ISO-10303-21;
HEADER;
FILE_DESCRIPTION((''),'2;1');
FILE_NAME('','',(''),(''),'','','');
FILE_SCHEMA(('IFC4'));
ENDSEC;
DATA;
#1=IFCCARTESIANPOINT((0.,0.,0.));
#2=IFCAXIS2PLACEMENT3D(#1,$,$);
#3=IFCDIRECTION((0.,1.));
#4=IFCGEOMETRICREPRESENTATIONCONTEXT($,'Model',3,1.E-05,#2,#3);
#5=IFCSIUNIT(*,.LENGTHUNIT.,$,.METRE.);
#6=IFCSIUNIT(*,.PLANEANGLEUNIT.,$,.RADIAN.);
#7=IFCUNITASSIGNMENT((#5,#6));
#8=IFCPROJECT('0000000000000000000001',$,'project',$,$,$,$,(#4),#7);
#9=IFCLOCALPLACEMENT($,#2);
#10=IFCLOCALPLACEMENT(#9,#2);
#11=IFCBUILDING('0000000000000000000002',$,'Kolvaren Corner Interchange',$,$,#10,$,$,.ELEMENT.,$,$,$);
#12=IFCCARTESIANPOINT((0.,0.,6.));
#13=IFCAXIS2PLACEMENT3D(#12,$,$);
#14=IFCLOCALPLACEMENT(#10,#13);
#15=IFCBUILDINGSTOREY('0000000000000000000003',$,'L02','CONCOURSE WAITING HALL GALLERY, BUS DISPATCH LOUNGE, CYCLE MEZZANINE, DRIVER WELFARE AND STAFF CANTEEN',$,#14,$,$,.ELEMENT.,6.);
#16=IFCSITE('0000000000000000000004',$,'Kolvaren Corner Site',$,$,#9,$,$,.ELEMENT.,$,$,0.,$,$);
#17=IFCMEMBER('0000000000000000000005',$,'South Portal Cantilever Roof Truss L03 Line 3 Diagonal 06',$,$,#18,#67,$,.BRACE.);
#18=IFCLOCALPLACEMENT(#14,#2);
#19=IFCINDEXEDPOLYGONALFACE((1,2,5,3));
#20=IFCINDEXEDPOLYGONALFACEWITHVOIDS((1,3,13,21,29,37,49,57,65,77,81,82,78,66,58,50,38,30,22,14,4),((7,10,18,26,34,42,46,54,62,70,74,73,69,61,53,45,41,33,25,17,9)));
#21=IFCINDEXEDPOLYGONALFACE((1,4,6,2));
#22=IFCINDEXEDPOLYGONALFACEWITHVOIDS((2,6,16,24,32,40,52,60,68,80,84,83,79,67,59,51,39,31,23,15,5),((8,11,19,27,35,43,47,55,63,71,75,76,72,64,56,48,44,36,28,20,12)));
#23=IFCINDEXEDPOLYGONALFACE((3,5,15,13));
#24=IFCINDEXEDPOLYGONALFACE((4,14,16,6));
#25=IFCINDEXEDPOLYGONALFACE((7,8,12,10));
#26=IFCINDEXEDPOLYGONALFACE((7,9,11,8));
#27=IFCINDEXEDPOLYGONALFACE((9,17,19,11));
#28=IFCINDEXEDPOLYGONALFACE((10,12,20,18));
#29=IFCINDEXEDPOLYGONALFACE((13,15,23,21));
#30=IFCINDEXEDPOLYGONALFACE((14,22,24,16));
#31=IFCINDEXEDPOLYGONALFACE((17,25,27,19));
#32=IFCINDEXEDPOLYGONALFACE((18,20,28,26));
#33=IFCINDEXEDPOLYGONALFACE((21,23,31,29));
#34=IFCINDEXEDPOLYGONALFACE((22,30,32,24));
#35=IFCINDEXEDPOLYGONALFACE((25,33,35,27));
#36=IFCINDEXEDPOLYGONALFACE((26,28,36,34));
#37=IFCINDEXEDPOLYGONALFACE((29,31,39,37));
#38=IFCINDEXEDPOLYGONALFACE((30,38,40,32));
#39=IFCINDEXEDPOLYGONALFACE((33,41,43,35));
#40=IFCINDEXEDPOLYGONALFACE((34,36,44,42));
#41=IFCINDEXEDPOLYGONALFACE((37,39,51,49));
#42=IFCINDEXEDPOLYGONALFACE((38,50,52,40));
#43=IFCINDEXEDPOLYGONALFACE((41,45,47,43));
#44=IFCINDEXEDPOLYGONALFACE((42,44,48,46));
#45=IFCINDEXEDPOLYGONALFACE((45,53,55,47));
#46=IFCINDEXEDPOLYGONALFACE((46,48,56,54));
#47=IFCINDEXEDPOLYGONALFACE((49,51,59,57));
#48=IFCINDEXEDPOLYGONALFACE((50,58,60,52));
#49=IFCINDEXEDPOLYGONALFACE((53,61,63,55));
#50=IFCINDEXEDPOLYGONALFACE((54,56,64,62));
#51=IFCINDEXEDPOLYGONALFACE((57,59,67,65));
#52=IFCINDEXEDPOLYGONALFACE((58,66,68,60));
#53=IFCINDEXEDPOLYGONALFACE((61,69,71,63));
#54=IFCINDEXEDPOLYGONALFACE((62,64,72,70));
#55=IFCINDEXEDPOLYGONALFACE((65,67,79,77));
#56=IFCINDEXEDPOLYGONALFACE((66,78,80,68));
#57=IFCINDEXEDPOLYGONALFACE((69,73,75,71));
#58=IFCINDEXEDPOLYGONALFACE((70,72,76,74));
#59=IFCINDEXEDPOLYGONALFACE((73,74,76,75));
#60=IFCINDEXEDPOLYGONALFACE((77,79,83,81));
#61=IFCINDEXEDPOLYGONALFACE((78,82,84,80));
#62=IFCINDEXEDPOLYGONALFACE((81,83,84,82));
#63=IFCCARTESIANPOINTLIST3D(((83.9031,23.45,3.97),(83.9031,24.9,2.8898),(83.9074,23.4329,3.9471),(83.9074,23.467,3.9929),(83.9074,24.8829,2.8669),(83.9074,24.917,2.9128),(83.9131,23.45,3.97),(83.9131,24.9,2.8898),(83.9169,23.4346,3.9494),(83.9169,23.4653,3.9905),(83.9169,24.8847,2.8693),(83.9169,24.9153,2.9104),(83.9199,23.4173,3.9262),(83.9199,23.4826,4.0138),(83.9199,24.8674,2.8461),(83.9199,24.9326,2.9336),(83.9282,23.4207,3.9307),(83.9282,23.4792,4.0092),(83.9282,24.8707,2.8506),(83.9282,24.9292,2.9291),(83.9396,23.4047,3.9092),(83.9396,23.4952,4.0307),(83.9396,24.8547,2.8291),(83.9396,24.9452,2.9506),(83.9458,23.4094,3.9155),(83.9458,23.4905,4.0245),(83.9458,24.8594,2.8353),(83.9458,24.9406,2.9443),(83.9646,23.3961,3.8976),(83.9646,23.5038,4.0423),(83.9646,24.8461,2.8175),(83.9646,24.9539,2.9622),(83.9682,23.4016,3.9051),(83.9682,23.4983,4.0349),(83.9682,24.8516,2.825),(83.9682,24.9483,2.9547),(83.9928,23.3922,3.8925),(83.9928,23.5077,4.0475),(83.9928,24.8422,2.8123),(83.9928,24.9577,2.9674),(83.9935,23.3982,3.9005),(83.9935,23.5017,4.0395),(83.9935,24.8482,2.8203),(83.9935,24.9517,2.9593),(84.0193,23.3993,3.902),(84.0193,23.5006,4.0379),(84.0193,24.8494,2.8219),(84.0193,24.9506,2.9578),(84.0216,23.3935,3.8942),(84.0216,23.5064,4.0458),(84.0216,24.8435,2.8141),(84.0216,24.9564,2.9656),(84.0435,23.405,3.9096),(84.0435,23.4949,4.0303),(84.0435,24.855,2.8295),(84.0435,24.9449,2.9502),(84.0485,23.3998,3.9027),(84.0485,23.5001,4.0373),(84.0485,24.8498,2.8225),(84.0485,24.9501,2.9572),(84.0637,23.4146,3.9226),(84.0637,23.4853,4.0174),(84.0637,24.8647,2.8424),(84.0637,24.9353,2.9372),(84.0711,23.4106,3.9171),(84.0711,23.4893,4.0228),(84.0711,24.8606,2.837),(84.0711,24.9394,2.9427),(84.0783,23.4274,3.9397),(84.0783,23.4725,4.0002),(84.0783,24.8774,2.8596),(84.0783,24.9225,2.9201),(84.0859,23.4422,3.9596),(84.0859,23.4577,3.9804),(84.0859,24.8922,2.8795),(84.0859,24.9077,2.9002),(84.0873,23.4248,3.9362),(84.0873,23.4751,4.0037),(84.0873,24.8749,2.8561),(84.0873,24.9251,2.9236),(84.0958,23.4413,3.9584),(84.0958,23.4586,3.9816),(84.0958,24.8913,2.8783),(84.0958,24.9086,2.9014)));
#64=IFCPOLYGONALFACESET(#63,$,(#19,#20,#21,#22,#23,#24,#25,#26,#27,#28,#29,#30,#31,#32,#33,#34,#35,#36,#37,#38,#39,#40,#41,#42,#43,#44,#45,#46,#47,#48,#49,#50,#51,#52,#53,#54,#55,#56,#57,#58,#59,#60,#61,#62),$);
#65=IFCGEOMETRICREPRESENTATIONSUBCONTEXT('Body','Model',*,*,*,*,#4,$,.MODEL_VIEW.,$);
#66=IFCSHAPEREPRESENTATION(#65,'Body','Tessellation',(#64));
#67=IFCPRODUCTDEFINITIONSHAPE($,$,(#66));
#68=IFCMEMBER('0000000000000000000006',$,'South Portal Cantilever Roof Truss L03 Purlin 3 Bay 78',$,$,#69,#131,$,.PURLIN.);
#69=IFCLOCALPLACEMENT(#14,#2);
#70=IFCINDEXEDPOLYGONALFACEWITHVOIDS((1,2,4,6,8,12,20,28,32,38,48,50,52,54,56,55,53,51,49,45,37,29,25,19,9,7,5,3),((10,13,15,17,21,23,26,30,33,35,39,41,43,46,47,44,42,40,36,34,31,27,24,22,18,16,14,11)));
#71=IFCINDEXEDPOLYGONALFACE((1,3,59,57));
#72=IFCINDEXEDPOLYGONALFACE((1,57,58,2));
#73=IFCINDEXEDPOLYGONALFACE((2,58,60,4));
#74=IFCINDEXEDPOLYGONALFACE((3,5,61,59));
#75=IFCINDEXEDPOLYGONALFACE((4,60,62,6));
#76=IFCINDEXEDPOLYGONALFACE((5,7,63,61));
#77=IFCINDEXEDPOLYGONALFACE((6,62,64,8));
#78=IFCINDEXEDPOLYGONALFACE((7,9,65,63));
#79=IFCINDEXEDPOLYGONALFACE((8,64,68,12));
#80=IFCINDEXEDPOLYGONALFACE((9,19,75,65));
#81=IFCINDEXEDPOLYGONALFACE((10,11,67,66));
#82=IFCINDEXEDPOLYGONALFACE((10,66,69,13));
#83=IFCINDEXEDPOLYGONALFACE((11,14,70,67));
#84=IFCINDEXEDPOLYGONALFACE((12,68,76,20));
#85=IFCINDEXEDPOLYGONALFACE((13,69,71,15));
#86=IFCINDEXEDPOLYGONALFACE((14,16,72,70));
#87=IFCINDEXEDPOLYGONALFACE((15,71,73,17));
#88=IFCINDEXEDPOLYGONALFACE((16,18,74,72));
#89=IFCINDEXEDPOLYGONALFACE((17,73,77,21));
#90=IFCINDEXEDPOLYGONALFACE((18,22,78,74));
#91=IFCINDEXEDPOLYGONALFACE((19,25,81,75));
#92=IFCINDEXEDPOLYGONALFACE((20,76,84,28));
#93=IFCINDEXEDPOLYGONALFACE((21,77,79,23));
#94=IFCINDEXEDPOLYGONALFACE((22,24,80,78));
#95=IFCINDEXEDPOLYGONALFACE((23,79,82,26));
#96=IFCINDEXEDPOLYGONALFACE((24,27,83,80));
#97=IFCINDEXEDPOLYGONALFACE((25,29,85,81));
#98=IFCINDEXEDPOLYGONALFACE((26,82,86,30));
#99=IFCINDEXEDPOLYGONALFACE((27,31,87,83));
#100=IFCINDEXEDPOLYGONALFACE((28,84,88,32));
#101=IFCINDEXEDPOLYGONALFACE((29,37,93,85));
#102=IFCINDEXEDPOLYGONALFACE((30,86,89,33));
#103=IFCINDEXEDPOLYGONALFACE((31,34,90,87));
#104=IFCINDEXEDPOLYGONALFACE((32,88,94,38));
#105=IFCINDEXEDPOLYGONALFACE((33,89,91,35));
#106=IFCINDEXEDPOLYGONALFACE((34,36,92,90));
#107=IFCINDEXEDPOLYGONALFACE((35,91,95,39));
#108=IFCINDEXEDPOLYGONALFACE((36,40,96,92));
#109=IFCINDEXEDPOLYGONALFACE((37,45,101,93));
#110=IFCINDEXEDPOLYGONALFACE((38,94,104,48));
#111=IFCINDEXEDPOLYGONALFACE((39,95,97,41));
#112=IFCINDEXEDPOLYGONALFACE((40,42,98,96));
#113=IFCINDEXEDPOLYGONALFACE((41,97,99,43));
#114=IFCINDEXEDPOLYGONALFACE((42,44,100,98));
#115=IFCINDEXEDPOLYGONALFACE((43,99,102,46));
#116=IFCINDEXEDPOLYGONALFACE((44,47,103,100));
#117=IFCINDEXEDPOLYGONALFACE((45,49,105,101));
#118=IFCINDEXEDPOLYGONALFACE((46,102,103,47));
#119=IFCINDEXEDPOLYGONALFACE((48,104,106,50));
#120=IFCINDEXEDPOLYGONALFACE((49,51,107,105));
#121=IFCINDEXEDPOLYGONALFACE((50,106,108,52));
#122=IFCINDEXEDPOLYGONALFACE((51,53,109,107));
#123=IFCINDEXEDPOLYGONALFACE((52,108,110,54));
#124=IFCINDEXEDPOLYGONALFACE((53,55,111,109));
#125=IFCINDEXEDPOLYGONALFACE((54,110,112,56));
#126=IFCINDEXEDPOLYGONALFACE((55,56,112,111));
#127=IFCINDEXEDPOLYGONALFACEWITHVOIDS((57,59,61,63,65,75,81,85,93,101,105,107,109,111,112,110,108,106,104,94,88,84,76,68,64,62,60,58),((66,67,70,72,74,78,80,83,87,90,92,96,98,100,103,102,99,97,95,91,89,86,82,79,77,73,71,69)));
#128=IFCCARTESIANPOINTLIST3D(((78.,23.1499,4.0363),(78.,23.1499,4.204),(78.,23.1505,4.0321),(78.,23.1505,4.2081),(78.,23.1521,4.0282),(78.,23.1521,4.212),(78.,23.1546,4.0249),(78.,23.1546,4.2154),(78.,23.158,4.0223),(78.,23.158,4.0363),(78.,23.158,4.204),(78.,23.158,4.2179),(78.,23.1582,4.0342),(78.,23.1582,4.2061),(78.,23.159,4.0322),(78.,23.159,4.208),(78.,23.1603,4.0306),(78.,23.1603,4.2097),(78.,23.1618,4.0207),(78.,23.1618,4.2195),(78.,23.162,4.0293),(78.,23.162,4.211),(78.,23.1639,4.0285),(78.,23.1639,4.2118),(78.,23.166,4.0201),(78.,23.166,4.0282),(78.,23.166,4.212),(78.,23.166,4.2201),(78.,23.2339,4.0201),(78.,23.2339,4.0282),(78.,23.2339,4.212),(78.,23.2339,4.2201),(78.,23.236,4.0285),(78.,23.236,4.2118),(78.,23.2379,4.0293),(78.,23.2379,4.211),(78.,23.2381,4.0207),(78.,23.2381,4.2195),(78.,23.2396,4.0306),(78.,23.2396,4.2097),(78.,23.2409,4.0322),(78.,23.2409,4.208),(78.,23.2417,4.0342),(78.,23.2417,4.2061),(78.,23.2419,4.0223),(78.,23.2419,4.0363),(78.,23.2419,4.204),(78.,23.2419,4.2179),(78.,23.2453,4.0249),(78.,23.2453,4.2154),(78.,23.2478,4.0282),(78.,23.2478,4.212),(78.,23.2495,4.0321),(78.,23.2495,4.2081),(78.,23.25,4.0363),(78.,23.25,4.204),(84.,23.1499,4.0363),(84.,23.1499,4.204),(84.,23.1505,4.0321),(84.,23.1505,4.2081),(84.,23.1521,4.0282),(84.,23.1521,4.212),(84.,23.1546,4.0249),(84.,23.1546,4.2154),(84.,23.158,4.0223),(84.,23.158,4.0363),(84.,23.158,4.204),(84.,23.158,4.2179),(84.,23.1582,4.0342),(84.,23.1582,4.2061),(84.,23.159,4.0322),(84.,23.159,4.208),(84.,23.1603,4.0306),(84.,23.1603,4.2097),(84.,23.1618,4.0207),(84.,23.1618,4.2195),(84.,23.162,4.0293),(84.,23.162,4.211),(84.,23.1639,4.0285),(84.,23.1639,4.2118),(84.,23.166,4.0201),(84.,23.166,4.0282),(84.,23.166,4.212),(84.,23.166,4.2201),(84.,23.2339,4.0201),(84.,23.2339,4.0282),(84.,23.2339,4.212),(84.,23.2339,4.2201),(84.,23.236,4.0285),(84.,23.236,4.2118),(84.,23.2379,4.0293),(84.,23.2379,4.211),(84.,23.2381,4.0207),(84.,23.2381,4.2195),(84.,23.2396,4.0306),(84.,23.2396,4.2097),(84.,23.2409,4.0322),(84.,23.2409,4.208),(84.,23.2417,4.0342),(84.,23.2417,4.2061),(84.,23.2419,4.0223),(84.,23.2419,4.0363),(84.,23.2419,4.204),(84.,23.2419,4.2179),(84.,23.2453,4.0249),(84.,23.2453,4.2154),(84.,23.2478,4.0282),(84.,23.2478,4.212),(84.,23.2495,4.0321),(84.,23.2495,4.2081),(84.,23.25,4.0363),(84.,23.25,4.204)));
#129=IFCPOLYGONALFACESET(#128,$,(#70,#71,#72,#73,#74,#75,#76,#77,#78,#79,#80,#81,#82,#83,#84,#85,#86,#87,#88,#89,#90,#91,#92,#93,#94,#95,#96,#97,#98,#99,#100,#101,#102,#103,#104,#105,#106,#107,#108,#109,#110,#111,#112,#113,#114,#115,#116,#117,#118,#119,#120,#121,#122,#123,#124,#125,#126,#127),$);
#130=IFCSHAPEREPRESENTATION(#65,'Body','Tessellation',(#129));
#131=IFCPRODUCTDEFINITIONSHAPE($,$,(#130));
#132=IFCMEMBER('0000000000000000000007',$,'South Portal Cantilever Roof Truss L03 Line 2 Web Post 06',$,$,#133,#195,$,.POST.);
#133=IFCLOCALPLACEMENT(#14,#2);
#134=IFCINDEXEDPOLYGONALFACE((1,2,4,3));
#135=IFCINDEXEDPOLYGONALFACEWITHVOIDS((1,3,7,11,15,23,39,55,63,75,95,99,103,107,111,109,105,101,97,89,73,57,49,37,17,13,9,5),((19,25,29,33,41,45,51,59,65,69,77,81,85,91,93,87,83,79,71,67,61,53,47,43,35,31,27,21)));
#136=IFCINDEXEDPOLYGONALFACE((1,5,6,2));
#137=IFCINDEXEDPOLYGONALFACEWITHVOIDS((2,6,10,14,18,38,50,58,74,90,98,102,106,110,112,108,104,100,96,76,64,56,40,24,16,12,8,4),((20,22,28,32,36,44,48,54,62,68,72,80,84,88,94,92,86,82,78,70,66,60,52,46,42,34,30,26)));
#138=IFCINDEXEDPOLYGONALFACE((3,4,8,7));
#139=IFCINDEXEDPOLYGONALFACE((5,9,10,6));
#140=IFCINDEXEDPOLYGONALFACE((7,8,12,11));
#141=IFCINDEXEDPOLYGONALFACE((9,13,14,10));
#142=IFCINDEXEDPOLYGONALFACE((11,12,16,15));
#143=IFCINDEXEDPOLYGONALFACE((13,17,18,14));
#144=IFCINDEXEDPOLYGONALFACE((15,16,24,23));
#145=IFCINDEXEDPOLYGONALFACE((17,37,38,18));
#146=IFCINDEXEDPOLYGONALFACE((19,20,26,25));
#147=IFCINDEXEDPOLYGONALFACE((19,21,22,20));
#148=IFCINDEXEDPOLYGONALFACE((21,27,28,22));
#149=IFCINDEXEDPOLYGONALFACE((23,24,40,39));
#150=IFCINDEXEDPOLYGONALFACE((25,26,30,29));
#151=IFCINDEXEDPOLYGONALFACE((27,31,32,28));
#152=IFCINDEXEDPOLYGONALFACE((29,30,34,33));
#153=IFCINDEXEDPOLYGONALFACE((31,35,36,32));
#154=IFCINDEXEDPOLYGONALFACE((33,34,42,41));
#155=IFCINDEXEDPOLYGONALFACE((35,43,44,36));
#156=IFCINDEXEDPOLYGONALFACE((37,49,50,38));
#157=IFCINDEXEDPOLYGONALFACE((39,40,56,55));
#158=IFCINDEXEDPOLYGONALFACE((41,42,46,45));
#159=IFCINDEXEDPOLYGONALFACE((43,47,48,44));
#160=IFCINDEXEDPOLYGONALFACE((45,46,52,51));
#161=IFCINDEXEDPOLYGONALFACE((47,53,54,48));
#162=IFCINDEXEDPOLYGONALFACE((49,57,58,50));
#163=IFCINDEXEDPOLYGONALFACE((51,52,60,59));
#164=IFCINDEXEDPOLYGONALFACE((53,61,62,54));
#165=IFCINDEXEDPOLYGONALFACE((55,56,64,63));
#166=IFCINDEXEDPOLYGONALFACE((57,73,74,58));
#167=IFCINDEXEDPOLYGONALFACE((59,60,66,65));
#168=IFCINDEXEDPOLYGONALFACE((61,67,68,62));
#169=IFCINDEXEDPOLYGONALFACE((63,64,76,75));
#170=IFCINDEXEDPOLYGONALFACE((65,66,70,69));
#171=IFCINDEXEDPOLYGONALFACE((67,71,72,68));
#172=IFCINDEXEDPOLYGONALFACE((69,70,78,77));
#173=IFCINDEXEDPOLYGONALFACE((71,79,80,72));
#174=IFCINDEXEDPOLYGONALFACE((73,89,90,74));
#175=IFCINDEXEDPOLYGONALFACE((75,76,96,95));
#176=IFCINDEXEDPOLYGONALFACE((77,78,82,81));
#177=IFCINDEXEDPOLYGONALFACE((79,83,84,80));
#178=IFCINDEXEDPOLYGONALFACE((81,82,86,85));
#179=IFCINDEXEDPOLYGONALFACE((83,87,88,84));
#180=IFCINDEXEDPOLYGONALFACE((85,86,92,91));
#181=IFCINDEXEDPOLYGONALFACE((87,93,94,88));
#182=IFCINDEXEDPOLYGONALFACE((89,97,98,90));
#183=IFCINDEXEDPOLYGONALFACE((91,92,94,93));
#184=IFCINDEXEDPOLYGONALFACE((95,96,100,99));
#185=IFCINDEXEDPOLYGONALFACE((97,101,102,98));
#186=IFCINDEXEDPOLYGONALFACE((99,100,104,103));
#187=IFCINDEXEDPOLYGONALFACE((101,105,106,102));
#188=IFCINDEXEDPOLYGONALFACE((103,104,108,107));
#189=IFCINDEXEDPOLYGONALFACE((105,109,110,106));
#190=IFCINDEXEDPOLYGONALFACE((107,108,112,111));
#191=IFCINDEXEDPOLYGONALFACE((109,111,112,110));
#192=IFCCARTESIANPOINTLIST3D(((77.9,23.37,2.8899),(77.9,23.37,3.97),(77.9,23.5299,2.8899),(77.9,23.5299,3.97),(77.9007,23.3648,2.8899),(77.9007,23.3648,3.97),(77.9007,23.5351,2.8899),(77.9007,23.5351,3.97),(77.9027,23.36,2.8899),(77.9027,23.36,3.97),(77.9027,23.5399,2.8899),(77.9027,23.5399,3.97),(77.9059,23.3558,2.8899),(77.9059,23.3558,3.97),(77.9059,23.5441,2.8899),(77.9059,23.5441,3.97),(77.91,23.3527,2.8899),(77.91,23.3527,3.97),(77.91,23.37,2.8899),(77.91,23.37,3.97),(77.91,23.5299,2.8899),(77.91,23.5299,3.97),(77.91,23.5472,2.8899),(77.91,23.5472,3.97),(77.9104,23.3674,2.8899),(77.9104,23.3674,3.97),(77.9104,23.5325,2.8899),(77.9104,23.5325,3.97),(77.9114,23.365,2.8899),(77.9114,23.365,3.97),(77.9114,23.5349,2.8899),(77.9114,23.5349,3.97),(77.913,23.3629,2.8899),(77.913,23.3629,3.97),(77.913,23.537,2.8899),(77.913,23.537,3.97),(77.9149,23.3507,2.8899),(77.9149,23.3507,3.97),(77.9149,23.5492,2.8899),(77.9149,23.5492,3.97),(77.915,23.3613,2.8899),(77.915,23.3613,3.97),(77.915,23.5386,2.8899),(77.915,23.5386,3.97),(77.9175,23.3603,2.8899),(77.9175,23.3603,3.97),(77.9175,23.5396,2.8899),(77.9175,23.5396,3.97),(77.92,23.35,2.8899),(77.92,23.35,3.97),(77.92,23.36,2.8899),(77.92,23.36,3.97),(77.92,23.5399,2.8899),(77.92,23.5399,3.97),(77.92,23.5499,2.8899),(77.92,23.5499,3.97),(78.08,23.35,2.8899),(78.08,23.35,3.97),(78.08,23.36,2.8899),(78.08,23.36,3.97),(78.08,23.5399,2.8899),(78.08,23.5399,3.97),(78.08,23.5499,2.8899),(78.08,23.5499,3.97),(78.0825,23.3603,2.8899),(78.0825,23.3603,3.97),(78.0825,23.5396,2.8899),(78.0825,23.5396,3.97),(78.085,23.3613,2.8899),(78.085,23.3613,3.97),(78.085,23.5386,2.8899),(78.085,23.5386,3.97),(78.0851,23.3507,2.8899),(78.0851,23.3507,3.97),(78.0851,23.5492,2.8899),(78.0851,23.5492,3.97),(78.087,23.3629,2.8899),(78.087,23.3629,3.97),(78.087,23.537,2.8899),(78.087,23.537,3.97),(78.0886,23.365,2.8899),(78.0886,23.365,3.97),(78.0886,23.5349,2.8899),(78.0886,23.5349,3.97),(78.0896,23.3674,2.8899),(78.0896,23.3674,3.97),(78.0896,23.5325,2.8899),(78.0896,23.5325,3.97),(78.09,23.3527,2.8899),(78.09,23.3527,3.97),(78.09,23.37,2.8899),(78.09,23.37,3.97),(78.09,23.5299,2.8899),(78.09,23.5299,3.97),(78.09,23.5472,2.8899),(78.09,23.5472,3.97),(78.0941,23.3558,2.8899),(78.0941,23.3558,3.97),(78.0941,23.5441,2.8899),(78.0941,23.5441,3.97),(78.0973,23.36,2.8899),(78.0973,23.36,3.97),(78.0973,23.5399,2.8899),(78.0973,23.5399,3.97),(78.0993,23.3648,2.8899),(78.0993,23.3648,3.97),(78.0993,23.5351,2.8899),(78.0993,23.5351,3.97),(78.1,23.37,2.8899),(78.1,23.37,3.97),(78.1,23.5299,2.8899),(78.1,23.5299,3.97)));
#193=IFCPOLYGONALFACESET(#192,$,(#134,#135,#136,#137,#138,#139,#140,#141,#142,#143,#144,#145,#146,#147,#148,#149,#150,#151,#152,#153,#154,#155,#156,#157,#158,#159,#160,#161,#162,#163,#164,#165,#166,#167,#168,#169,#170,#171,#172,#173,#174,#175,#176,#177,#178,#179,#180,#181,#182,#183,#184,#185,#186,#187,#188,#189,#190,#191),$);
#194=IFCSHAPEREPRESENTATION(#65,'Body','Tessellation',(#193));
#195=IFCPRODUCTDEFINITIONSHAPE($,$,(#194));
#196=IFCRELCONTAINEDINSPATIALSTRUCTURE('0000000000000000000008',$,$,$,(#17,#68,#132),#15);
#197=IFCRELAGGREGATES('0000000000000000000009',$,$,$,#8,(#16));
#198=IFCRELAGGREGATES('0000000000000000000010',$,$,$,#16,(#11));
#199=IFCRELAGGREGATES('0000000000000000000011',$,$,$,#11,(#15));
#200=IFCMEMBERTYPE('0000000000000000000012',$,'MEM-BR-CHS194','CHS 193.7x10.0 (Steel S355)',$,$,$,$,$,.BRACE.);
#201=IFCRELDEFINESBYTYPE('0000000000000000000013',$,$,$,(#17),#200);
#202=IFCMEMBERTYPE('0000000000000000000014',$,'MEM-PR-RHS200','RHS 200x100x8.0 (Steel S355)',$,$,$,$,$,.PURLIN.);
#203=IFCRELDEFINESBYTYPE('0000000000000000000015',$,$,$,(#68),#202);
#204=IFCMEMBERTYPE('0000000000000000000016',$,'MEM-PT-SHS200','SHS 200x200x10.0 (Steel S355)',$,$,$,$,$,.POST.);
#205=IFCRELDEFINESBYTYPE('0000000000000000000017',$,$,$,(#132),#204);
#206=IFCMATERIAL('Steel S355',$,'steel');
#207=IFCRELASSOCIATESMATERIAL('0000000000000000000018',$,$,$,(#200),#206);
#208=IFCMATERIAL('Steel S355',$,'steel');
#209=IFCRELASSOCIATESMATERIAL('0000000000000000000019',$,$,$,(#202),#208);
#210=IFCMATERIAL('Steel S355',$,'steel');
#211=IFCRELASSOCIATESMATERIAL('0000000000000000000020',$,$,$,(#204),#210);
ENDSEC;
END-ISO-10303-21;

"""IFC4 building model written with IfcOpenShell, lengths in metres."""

from ifc_helpers import new_model, si_unit, direction, frame, origin, origin_2d, place, context, subcontext, project, spatial, hollow_rectangle, hollow_circle, extrude, material, material_profile, profile_set, type_object, element, save


model = new_model("IFC4")

# Units and contexts
model_context = context("Model", 3, precision=1e-05, world=origin(), true_north=direction((0.0, 1.0)))
body_context = subcontext(model_context, "Body", "Model", "MODEL_VIEW")
ifc_project = project(units=[si_unit("LENGTHUNIT", "METRE"), si_unit("PLANEANGLEUNIT", "RADIAN")], contexts=[model_context])

# Site, building, storey
site_placement = place(None, origin())
site = spatial("IfcSite", under=ifc_project, at=site_placement, Name="Kolvaren Corner Site", CompositionType="ELEMENT", RefElevation=0.0)
building_placement = place(site_placement, origin())
building = spatial("IfcBuilding", under=site, at=building_placement, Name="Kolvaren Corner Interchange", CompositionType="ELEMENT")
storey_placement = place(building_placement, frame((0.0, 0.0, 6.0)))
storey = spatial("IfcBuildingStorey", under=building, at=storey_placement, Name="L02", Description="CONCOURSE WAITING HALL GALLERY, BUS DISPATCH LOUNGE, CYCLE MEZZANINE, DRIVER WELFARE AND STAFF CANTEEN", CompositionType="ELEMENT", Elevation=6.0)

# Members
ifc_material_1 = material(Name="Steel S355", Category="steel")
ifc_material_profile_1 = material_profile(ifc_material_1, hollow_circle(Radius=0.0969, WallThickness=0.01, at=origin_2d()), Name="CHS 193.7x10.0")
ifc_profile_set_1 = profile_set([ifc_material_profile_1], Name="Steel S355")
member_type_1 = type_object("IfcMemberType", Name="MEM-BR-CHS194", Description="CHS 193.7x10.0 (Steel S355)", PredefinedType="BRACE", material=ifc_profile_set_1)
for number, where, z_axis, x_axis, name in (
    (1, (84.0, 23.45, 3.97), (0.0, 0.801956, -0.597383), (-1.0, 0.0, 0.0), "South Portal Cantilever Roof Truss L03 Line 3 Diagonal 06"),
):
    element("IfcMember", number, at=place(storey_placement, frame(where, z_axis=z_axis, x_axis=x_axis)), inside=storey, type_object=member_type_1, Name=name, PredefinedType="BRACE", context=body_context, shape_type="SweptSolid", body=[
        extrude(hollow_circle(Radius=0.0969, WallThickness=0.01, at=origin_2d()), origin(), (0.0, 0.0, 1.0), 1.8081),
    ])
ifc_material_2 = material(Name="Steel S355", Category="steel")
ifc_material_profile_2 = material_profile(ifc_material_2, hollow_rectangle(XDim=0.1001, YDim=0.2, WallThickness=0.0081, InnerFilletRadius=0.0081, OuterFilletRadius=0.0161, at=origin_2d()), Name="RHS 200x100x8.0")
ifc_profile_set_2 = profile_set([ifc_material_profile_2], Name="Steel S355")
member_type_2 = type_object("IfcMemberType", Name="MEM-PR-RHS200", Description="RHS 200x100x8.0 (Steel S355)", PredefinedType="PURLIN", material=ifc_profile_set_2)
member_1_placement = place(storey_placement, frame((78.0, 23.2, 4.1201), z_axis=(1.0, 0.0, 0.0), x_axis=(0.0, 1.0, 0.0)))
element("IfcMember", 2, at=member_1_placement, inside=storey, type_object=member_type_2, Name="South Portal Cantilever Roof Truss L03 Purlin 3 Bay 78", PredefinedType="PURLIN", context=body_context, shape_type="SweptSolid", body=[
    extrude(hollow_rectangle(XDim=0.1001, YDim=0.2, WallThickness=0.0081, InnerFilletRadius=0.0081, OuterFilletRadius=0.0161, at=origin_2d()), origin(), (0.0, 0.0, 1.0), 6.0),
])
ifc_material_3 = material(Name="Steel S355", Category="steel")
ifc_material_profile_3 = material_profile(ifc_material_3, hollow_rectangle(XDim=0.2, YDim=0.2, WallThickness=0.01, InnerFilletRadius=0.01, OuterFilletRadius=0.02, at=origin_2d()), Name="SHS 200x200x10.0")
ifc_profile_set_3 = profile_set([ifc_material_profile_3], Name="Steel S355")
member_type_3 = type_object("IfcMemberType", Name="MEM-PT-SHS200", Description="SHS 200x200x10.0 (Steel S355)", PredefinedType="POST", material=ifc_profile_set_3)
for number, where, z_axis, x_axis, name in (
    (3, (78.0, 23.45, 2.8899), (0.0, 0.0, 1.0), (1.0, 0.0, 0.0), "South Portal Cantilever Roof Truss L03 Line 2 Web Post 06"),
):
    element("IfcMember", number, at=place(storey_placement, frame(where, z_axis=z_axis, x_axis=x_axis)), inside=storey, type_object=member_type_3, Name=name, PredefinedType="POST", context=body_context, shape_type="SweptSolid", body=[
        extrude(hollow_rectangle(XDim=0.2, YDim=0.2, WallThickness=0.01, InnerFilletRadius=0.01, OuterFilletRadius=0.02, at=origin_2d()), origin(), (0.0, 0.0, 1.0), 1.0801),
    ])

save(model, "model.ifc")
